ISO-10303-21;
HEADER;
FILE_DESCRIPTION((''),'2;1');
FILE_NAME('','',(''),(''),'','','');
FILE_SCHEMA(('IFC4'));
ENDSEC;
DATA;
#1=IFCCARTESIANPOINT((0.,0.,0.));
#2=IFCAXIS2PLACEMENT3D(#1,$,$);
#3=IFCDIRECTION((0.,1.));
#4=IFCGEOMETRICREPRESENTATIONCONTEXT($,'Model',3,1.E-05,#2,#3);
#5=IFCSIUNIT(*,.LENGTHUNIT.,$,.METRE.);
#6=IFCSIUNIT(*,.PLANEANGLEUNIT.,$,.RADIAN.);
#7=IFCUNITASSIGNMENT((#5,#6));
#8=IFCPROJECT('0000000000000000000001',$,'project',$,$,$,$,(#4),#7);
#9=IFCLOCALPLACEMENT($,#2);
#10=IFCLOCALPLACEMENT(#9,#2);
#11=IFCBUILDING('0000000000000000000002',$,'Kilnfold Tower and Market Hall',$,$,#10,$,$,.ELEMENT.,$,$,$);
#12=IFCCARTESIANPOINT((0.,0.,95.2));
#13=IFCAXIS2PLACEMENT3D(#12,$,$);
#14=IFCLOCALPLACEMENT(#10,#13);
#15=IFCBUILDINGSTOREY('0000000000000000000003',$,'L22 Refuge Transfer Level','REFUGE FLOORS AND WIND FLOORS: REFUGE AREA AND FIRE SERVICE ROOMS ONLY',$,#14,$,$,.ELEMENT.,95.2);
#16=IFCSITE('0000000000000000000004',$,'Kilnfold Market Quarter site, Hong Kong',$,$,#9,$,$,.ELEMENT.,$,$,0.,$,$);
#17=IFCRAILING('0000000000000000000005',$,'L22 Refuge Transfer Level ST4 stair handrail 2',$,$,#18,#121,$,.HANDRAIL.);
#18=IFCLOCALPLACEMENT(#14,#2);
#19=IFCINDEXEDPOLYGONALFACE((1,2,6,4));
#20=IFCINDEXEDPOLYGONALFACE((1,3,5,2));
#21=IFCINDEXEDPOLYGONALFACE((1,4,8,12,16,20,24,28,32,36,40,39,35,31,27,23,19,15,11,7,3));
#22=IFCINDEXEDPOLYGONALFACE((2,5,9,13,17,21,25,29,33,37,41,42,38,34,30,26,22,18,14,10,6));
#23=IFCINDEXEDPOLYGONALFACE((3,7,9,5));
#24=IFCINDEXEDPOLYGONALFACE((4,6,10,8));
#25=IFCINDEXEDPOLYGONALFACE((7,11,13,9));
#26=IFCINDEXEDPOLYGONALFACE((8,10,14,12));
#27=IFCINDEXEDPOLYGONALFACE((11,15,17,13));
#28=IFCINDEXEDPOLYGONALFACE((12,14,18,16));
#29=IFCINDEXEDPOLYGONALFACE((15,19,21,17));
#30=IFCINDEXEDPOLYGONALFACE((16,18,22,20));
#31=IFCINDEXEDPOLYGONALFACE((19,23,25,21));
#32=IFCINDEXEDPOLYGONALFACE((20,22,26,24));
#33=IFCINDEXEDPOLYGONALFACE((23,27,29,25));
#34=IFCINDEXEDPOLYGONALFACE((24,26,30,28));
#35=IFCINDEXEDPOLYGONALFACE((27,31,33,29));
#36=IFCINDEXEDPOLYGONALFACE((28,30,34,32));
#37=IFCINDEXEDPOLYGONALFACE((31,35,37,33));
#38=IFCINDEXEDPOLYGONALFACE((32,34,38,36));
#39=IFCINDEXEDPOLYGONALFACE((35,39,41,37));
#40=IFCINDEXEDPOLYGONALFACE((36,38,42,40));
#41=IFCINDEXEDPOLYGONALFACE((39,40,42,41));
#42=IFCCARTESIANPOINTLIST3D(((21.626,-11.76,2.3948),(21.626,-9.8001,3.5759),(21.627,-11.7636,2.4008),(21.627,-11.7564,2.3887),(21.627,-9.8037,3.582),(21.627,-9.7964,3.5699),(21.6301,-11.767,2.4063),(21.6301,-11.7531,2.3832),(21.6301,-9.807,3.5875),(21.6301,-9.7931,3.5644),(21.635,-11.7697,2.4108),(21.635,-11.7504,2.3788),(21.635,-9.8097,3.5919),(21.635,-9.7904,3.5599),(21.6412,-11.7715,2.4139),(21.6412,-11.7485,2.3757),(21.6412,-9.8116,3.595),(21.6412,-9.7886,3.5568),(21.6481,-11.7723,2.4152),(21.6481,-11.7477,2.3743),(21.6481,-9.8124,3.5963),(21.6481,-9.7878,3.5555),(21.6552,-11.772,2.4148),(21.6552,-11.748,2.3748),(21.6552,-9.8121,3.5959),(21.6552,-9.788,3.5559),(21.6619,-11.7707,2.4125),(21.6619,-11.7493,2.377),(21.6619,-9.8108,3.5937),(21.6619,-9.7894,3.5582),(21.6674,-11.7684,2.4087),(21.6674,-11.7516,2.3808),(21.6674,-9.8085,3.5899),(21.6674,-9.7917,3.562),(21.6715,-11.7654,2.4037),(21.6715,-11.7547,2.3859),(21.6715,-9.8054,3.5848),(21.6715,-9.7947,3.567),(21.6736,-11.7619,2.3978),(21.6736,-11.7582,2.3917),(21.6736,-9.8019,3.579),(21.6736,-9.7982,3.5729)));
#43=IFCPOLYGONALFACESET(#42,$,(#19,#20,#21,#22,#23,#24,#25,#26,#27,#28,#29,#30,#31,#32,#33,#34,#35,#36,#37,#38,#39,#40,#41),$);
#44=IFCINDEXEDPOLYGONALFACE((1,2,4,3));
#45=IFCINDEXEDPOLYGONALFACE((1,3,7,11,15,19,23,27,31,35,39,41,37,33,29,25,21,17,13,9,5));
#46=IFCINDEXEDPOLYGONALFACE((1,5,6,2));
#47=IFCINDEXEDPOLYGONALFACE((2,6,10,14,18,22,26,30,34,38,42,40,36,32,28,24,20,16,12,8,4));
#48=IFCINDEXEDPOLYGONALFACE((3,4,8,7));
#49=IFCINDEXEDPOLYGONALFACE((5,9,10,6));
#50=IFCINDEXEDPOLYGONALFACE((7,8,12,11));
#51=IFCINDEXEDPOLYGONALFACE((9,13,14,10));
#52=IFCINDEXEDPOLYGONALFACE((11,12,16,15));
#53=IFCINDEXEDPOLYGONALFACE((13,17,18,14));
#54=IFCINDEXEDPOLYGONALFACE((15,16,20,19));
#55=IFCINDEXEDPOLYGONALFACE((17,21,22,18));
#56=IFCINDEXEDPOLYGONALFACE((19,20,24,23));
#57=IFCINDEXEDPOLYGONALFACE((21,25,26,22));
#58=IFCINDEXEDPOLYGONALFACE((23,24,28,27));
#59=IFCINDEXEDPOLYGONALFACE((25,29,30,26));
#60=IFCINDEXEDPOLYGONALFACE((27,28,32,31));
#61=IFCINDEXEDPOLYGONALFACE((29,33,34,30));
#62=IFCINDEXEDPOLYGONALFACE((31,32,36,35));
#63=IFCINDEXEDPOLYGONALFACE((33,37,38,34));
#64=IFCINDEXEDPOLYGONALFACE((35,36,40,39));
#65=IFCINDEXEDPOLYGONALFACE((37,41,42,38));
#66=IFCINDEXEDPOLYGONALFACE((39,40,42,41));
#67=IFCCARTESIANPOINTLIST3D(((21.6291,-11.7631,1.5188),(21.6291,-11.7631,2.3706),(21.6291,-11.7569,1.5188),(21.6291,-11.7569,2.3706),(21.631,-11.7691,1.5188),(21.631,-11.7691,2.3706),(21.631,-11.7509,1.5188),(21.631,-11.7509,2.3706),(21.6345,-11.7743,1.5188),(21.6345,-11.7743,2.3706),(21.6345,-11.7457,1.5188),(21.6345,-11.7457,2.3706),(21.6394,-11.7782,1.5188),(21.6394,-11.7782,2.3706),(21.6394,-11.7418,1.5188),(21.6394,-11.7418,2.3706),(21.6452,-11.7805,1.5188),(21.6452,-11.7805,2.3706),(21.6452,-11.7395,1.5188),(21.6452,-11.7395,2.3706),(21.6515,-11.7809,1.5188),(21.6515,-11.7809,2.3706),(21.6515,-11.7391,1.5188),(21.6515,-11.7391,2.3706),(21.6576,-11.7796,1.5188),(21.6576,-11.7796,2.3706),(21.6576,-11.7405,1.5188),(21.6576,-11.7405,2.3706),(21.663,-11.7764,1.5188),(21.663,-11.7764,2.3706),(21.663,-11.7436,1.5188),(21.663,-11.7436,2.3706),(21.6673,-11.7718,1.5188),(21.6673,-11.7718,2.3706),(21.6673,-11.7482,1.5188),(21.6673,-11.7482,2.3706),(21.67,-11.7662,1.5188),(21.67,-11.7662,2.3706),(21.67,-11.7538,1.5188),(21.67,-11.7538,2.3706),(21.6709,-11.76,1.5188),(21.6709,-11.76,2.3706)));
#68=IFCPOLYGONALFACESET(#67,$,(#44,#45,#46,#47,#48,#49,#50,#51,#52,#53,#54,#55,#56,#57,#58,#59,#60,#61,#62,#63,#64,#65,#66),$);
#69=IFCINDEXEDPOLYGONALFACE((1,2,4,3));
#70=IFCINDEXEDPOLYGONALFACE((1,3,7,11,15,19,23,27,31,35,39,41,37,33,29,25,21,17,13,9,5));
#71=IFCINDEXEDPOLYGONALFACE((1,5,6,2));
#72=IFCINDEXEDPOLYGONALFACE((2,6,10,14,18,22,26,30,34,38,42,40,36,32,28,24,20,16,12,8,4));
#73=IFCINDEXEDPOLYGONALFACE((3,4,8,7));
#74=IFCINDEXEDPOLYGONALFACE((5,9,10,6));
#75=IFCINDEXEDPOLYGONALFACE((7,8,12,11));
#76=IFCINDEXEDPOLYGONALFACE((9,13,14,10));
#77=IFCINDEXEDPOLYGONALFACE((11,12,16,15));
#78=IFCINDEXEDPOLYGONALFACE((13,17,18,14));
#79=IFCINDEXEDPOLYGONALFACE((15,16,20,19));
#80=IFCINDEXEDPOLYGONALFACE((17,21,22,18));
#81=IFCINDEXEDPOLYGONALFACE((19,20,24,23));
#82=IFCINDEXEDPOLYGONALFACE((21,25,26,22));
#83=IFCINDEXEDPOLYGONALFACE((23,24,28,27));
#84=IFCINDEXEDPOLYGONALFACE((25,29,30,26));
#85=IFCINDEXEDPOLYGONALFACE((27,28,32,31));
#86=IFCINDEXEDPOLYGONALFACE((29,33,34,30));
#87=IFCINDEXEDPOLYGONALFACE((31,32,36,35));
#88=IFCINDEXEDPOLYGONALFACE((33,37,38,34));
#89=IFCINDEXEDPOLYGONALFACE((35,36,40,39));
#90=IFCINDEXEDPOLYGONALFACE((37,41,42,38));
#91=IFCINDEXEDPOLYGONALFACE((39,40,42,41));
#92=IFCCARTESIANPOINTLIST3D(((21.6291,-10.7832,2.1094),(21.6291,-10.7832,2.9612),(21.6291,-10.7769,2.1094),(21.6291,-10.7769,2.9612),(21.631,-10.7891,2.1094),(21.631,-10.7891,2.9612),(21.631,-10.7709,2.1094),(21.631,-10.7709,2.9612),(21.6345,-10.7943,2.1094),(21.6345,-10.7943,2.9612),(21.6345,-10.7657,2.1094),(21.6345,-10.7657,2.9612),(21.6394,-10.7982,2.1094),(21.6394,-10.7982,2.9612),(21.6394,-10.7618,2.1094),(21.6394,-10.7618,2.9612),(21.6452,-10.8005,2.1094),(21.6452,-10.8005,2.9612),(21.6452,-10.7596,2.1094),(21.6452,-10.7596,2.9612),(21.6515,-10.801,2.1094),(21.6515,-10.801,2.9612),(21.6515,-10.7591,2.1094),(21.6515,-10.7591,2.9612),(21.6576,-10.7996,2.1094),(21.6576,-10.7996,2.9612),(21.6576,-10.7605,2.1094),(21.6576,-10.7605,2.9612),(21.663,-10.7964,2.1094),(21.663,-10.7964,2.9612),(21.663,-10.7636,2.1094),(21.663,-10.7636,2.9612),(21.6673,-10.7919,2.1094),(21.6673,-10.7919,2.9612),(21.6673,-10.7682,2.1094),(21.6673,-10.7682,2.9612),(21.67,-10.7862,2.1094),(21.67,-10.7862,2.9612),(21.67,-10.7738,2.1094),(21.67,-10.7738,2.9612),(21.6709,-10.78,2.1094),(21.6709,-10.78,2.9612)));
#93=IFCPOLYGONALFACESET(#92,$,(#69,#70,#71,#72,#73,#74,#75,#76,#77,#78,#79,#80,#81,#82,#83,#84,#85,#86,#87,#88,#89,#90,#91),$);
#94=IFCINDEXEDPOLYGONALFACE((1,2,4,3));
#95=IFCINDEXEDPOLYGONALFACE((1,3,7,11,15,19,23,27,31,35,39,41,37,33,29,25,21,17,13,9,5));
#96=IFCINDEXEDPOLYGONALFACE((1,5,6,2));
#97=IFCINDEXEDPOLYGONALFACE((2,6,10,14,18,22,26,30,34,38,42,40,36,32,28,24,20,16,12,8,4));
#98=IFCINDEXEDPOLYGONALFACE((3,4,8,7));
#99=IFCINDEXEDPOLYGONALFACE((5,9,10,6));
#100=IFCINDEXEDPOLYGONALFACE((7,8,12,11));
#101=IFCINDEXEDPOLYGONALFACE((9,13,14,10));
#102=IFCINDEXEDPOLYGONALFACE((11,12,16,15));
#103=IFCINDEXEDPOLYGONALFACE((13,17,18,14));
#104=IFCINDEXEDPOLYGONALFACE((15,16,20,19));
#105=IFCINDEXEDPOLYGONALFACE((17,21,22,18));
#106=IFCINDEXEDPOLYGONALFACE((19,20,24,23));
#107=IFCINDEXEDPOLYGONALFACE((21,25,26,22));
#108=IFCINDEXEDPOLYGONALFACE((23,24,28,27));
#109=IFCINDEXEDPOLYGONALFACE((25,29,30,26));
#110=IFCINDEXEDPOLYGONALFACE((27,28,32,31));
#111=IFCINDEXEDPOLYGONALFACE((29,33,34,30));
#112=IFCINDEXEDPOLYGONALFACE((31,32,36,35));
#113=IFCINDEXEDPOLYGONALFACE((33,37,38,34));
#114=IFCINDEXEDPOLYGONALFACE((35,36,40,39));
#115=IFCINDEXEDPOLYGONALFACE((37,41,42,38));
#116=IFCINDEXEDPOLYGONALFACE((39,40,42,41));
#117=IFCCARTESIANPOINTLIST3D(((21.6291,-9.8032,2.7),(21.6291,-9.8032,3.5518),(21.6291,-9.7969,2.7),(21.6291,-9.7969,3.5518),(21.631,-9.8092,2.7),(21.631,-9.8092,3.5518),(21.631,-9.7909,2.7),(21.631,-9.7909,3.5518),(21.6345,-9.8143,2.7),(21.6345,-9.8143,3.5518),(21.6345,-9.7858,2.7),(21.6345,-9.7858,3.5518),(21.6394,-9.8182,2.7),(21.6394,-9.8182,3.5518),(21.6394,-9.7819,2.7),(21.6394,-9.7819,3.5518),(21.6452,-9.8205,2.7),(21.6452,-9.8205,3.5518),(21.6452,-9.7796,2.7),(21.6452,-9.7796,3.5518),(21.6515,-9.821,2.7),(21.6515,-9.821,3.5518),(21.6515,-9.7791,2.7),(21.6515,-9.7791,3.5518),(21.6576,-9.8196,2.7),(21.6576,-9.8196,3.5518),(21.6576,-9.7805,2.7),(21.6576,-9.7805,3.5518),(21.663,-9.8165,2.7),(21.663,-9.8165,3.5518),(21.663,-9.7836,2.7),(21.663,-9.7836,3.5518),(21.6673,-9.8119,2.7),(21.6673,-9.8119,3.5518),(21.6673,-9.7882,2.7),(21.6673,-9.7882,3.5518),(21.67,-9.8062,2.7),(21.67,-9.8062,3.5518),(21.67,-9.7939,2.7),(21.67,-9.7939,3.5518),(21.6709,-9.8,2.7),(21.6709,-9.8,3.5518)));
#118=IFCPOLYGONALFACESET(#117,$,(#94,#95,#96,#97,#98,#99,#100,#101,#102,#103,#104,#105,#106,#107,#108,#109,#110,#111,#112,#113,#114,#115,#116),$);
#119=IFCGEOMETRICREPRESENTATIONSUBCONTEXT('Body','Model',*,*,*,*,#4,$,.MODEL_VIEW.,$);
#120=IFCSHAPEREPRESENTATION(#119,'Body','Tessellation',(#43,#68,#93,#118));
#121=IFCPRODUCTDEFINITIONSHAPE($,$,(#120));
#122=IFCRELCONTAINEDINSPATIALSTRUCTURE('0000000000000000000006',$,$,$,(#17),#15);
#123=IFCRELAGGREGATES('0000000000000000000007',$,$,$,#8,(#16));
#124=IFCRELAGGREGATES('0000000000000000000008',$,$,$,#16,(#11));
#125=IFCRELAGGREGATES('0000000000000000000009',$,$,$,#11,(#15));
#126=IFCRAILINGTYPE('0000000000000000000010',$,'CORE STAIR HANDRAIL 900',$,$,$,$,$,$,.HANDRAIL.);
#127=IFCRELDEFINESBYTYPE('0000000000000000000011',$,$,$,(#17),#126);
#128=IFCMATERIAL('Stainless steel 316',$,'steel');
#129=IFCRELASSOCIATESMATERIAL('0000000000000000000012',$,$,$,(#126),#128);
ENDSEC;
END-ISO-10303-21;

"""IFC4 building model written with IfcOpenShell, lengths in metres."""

from ifc_helpers import new_model, si_unit, direction, frame, origin, origin_2d, place, context, subcontext, project, spatial, circle, extrude, material, type_object, element, save


model = new_model("IFC4")

# Units and contexts
model_context = context("Model", 3, precision=1e-05, world=origin(), true_north=direction((0.0, 1.0)))
body_context = subcontext(model_context, "Body", "Model", "MODEL_VIEW")
ifc_project = project(units=[si_unit("LENGTHUNIT", "METRE"), si_unit("PLANEANGLEUNIT", "RADIAN")], contexts=[model_context])

# Site, building, storey
site_placement = place(None, origin())
site = spatial("IfcSite", under=ifc_project, at=site_placement, Name="Kilnfold Market Quarter site, Hong Kong", CompositionType="ELEMENT", RefElevation=0.0)
building_placement = place(site_placement, origin())
building = spatial("IfcBuilding", under=site, at=building_placement, Name="Kilnfold Tower and Market Hall", CompositionType="ELEMENT")
storey_placement = place(building_placement, frame((0.0, 0.0, 95.2)))
storey = spatial("IfcBuildingStorey", under=building, at=storey_placement, Name="L22 Refuge Transfer Level", Description="REFUGE FLOORS AND WIND FLOORS: REFUGE AREA AND FIRE SERVICE ROOMS ONLY", CompositionType="ELEMENT", Elevation=95.2)

# Railing
ifc_material_1 = material(Name="Stainless steel 316", Category="steel")
railing_type = type_object("IfcRailingType", Name="CORE STAIR HANDRAIL 900", PredefinedType="HANDRAIL", material=ifc_material_1)
railing_1_placement = place(storey_placement, frame((21.6499, -11.76, 1.5188)))
element("IfcRailing", 1, at=railing_1_placement, inside=storey, type_object=railing_type, Name="L22 Refuge Transfer Level ST4 stair handrail 2", PredefinedType="HANDRAIL", context=body_context, shape_type="SweptSolid", body=[
    extrude(circle(Radius=0.0239, at=origin_2d()), frame((0.0, 0.0, 0.876), z_axis=(0.0, 0.856493, 0.516158), x_axis=(-1.0, 0.0, 0.0)), (0.0, 0.0, 1.0), 2.2883),
    extrude(circle(Radius=0.021, at=origin_2d()), origin(), (0.0, 0.0, 1.0), 0.8518),
    extrude(circle(Radius=0.021, at=origin_2d()), frame((0.0, 0.98, 0.5906)), (0.0, 0.0, 1.0), 0.8518),
    extrude(circle(Radius=0.021, at=origin_2d()), frame((0.0, 1.96, 1.1812)), (0.0, 0.0, 1.0), 0.8518),
])

save(model, "model.ifc")
